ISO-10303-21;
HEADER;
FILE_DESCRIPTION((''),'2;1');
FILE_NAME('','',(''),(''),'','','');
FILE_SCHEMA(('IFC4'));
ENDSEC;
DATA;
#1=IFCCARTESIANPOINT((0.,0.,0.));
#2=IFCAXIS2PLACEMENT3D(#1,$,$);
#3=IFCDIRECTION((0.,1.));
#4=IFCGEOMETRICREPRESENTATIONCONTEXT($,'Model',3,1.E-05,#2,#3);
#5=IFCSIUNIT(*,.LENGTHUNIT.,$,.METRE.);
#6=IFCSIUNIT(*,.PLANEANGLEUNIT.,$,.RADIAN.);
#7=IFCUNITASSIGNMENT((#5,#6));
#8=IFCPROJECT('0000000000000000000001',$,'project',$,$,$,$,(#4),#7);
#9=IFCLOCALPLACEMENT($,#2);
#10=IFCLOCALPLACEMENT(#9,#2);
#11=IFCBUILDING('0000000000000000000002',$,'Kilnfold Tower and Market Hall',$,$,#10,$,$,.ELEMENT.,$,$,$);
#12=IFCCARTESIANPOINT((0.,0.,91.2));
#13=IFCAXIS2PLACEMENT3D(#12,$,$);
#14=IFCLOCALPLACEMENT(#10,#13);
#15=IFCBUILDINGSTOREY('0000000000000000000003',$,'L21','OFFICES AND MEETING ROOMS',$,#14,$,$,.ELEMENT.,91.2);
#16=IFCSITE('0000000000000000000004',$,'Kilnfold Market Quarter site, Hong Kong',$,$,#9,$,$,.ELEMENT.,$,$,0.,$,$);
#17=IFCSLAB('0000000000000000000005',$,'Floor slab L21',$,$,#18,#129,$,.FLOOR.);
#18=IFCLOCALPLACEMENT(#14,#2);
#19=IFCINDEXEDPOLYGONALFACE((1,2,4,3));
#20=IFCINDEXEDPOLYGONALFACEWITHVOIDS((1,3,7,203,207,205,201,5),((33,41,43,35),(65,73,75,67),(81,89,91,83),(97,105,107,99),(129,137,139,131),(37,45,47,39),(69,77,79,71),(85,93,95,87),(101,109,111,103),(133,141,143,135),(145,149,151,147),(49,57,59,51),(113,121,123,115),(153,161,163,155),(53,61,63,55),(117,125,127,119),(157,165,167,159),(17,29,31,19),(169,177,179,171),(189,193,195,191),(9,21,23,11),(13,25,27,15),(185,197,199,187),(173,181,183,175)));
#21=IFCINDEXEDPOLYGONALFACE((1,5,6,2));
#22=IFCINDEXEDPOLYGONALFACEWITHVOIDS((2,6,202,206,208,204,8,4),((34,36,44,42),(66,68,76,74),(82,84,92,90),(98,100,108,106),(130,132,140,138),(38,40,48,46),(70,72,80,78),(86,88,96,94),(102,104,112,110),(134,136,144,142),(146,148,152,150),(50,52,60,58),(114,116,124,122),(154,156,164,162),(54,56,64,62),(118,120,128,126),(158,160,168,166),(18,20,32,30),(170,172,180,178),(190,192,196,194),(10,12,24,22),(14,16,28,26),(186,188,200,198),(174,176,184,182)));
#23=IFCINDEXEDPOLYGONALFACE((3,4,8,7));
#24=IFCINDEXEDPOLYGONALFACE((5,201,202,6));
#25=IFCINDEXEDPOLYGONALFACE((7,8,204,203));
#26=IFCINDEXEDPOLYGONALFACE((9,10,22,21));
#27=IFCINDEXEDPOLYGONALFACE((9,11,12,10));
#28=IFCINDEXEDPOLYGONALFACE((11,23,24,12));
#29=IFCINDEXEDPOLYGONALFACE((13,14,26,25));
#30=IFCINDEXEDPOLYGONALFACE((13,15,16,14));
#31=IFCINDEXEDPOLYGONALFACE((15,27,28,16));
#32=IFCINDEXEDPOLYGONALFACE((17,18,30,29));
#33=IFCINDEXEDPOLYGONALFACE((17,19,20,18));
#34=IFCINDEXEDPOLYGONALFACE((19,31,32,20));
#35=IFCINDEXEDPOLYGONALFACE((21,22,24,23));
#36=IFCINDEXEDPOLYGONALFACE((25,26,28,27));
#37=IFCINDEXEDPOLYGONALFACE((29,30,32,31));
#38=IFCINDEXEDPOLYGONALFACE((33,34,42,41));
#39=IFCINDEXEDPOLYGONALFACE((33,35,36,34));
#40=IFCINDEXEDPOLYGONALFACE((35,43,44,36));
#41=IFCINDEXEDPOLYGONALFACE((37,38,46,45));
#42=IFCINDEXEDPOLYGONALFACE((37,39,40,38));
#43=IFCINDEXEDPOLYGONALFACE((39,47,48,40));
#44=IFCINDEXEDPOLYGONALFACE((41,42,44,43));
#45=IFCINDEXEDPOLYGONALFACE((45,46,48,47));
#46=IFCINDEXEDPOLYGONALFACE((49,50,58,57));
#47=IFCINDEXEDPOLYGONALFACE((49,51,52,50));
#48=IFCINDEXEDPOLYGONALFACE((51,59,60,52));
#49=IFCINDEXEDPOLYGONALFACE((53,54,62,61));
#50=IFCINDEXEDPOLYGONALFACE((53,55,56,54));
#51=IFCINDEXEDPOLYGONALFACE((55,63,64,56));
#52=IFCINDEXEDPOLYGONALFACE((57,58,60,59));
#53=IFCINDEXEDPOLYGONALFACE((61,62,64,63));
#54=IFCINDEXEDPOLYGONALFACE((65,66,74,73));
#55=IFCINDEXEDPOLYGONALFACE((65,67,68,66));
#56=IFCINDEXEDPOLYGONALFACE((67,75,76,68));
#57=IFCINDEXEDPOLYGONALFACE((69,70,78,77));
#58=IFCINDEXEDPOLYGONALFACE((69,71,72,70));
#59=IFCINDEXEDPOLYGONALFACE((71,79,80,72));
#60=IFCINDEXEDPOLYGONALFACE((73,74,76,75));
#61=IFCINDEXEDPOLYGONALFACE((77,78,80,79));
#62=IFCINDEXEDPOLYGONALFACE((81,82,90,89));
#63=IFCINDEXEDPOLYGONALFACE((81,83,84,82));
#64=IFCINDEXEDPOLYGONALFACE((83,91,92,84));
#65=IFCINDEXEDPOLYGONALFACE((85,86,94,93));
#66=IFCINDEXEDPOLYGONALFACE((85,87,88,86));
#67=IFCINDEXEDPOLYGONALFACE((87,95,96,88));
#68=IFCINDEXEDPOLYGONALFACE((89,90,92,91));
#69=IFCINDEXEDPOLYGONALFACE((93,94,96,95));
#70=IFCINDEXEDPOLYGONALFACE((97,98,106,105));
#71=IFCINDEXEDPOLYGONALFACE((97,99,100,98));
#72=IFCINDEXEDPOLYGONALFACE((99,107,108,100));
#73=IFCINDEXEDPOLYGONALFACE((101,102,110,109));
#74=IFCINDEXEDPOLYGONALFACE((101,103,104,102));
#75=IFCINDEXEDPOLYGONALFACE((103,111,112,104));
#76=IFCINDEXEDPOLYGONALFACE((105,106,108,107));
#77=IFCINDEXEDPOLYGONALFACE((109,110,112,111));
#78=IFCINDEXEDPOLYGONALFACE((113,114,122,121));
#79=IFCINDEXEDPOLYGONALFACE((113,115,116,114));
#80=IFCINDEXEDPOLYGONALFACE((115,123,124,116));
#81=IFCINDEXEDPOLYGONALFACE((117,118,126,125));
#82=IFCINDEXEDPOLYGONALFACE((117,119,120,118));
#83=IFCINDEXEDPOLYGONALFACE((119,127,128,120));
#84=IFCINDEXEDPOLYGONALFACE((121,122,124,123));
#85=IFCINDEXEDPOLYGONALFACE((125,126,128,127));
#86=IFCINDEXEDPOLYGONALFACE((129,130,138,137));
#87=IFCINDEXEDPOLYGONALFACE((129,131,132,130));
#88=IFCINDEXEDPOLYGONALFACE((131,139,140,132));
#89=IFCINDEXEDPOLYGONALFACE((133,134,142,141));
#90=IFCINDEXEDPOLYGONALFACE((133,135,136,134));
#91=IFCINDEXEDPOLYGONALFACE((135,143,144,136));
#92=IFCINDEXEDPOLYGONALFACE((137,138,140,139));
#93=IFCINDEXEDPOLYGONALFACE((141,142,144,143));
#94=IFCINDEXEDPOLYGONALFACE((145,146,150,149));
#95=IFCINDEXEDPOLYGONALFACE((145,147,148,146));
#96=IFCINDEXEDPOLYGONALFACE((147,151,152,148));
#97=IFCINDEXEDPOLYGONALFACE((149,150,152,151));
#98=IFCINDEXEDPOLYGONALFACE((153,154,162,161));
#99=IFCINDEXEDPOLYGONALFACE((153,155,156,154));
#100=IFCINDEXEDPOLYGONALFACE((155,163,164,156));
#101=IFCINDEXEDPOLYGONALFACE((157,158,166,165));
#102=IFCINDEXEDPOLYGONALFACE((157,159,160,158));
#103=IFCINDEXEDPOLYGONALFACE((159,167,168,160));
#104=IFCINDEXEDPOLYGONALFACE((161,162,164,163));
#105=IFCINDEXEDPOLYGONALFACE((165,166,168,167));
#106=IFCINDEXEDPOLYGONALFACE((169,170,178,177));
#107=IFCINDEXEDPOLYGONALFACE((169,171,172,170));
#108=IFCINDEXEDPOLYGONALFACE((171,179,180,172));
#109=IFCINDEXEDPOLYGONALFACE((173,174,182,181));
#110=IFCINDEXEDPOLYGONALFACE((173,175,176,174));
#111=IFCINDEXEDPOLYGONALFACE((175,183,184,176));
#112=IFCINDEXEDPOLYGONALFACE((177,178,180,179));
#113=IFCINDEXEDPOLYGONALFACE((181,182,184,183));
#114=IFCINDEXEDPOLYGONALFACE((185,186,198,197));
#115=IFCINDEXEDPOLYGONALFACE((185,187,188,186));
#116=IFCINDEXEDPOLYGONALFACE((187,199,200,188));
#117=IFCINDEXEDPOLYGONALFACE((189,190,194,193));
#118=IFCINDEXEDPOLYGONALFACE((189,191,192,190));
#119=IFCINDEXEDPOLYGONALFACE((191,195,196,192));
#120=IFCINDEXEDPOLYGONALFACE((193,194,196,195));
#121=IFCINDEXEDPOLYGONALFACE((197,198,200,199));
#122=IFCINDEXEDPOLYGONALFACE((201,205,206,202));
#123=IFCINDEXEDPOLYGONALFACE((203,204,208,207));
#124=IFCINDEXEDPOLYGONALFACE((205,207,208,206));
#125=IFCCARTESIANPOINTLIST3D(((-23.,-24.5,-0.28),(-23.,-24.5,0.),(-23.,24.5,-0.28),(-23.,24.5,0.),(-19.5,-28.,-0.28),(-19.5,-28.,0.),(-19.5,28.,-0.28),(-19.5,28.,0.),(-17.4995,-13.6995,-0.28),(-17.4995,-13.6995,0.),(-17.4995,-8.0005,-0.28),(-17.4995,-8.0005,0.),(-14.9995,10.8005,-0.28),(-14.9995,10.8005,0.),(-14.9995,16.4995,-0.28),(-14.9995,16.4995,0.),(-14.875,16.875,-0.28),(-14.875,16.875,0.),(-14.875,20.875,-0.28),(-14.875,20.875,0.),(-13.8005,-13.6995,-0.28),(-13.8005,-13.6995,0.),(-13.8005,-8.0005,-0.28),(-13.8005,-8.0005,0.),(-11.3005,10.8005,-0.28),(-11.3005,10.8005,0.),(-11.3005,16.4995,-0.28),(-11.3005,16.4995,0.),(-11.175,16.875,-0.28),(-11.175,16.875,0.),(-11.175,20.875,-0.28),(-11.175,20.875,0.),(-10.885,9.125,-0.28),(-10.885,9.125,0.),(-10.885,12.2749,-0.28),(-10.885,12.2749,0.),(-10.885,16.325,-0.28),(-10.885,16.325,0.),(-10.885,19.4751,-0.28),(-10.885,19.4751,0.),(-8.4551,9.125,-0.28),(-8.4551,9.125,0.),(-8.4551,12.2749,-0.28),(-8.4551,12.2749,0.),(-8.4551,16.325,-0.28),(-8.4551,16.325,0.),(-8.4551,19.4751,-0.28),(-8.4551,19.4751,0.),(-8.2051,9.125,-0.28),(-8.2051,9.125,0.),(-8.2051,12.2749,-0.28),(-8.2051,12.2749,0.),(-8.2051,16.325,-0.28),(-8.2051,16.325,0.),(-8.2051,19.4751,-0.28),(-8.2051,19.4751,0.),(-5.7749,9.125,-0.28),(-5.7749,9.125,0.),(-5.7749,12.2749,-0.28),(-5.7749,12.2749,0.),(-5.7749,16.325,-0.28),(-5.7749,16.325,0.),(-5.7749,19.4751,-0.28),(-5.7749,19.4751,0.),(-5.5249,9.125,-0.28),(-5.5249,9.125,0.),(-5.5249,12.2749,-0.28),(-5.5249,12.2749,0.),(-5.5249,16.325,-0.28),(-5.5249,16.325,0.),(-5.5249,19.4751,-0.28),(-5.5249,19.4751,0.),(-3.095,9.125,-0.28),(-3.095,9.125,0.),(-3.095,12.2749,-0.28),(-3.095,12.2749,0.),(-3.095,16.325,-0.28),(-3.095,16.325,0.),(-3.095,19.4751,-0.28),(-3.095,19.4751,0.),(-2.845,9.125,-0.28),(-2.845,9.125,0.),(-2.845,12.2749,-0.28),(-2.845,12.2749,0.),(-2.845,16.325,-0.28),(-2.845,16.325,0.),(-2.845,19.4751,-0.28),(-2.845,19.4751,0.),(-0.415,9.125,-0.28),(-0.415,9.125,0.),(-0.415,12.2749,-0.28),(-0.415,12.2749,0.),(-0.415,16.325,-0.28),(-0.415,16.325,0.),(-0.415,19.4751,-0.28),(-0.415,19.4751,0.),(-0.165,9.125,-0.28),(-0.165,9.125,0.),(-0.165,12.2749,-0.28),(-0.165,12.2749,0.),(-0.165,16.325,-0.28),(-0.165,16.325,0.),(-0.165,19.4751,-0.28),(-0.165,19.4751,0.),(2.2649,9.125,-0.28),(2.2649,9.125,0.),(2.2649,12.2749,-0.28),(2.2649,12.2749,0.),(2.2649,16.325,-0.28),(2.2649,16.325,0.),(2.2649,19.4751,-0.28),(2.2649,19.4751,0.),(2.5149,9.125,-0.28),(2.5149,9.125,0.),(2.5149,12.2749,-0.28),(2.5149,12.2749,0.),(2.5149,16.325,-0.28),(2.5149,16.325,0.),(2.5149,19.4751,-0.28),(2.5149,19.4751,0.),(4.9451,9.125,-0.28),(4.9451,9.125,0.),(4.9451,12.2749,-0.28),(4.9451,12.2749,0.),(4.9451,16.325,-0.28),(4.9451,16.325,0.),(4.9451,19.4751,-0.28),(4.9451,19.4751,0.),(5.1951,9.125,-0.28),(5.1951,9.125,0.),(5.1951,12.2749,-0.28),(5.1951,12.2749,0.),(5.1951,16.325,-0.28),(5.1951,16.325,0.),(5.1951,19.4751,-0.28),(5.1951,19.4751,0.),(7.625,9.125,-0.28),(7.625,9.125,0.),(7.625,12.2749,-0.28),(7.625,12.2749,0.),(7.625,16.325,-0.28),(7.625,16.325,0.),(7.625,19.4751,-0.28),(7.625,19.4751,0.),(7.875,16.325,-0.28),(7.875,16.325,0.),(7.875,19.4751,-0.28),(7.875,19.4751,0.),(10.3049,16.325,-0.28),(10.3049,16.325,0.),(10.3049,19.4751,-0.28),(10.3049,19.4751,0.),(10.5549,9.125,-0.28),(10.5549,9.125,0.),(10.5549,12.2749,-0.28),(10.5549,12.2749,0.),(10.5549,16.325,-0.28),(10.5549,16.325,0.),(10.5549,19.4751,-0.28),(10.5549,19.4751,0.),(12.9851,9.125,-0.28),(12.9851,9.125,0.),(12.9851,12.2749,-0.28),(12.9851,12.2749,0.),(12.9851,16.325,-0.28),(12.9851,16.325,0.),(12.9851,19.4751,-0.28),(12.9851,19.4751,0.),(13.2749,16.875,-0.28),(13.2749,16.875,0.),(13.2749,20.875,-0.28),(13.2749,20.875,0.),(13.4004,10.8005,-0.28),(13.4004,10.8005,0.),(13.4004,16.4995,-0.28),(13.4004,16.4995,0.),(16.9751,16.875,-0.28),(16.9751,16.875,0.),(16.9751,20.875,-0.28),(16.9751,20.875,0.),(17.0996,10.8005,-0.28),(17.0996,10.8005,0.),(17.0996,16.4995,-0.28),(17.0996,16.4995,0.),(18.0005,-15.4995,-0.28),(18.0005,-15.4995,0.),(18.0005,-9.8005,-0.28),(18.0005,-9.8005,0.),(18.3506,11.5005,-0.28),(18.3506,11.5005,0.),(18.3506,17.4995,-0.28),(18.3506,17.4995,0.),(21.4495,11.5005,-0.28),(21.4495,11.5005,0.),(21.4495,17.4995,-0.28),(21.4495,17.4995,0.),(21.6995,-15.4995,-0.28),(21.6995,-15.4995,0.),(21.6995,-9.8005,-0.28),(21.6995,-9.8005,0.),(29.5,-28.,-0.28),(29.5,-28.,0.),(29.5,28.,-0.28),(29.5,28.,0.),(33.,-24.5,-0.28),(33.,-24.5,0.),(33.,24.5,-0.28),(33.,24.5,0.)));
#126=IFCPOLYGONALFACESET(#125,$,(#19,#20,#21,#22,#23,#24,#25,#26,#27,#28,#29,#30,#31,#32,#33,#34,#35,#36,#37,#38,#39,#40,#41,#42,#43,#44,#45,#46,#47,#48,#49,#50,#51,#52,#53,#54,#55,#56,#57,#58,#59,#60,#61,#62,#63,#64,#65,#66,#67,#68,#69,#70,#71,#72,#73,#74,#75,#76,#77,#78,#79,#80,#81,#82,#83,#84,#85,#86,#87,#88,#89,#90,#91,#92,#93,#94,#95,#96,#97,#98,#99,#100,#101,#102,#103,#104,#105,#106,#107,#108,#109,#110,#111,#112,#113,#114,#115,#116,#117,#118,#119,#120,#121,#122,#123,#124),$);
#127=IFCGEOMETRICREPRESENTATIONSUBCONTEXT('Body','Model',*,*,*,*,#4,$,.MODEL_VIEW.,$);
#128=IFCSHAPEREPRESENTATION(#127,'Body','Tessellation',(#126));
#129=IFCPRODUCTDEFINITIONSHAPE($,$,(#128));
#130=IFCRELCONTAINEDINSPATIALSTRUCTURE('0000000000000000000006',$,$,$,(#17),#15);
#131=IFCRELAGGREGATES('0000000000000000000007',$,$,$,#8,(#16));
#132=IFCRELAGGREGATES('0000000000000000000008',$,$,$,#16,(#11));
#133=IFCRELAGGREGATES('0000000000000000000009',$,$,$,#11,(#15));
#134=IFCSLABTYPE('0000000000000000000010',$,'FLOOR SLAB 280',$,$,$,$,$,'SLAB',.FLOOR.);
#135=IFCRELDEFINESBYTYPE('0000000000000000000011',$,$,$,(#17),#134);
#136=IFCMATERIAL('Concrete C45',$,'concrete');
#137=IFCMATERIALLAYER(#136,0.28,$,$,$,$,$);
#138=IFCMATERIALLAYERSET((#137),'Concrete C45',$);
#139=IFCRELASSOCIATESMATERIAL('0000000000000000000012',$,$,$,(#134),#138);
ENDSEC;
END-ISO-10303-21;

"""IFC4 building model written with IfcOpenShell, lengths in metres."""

from ifc_helpers import new_model, si_unit, direction, frame, origin, place, context, subcontext, project, spatial, polyline, outline, extrude, source, transform, mapped, material, layer, layer_set, type_object, element, save


model = new_model("IFC4")

# Units and contexts
model_context = context("Model", 3, precision=1e-05, world=origin(), true_north=direction((0.0, 1.0)))
body_context = subcontext(model_context, "Body", "Model", "MODEL_VIEW")
ifc_project = project(units=[si_unit("LENGTHUNIT", "METRE"), si_unit("PLANEANGLEUNIT", "RADIAN")], contexts=[model_context])

# Site, building, storey
site_placement = place(None, origin())
site = spatial("IfcSite", under=ifc_project, at=site_placement, Name="Kilnfold Market Quarter site, Hong Kong", CompositionType="ELEMENT", RefElevation=0.0)
building_placement = place(site_placement, origin())
building = spatial("IfcBuilding", under=site, at=building_placement, Name="Kilnfold Tower and Market Hall", CompositionType="ELEMENT")
storey_placement = place(building_placement, frame((0.0, 0.0, 91.2)))
storey = spatial("IfcBuildingStorey", under=building, at=storey_placement, Name="L21", Description="OFFICES AND MEETING ROOMS", CompositionType="ELEMENT", Elevation=91.2)

# Slab
ifc_material_1 = material(Name="Concrete C45", Category="concrete")
ifc_layer_1 = layer(ifc_material_1, 0.28)
ifc_layer_set_1 = layer_set([ifc_layer_1], Name="Concrete C45")
slab_type_1 = type_object("IfcSlabType", Name="FLOOR SLAB 280", ElementType="SLAB", PredefinedType="FLOOR", material=ifc_layer_set_1)
shared_shape_1 = source(origin(), body_context, "Body", "SweptSolid", [
    extrude(outline(polyline([(-19.5, -28.0), (29.5, -28.0), (33.0, -24.5), (33.0, 24.5), (29.5, 28.0), (-19.5, 28.0), (-23.0, 24.5), (-23.0, -24.5), (-19.5, -28.0)]), holes=[polyline([(-13.8005, -13.6995), (-17.4995, -13.6995), (-17.4995, -8.0005), (-13.8005, -8.0005), (-13.8005, -13.6995)]), polyline([(-14.9995, 10.8005), (-14.9995, 16.4995), (-11.3005, 16.4995), (-11.3005, 10.8005), (-14.9995, 10.8005)]), polyline([(-14.875, 16.875), (-14.875, 20.875), (-11.175, 20.875), (-11.175, 16.875), (-14.875, 16.875)]), polyline([(-10.885, 9.125), (-10.885, 12.2749), (-8.4551, 12.2749), (-8.4551, 9.125), (-10.885, 9.125)]), polyline([(-8.4551, 16.325), (-10.885, 16.325), (-10.885, 19.4751), (-8.4551, 19.4751), (-8.4551, 16.325)]), polyline([(-8.2051, 9.125), (-8.2051, 12.2749), (-5.7749, 12.2749), (-5.7749, 9.125), (-8.2051, 9.125)]), polyline([(-8.2051, 16.325), (-8.2051, 19.4751), (-5.7749, 19.4751), (-5.7749, 16.325), (-8.2051, 16.325)]), polyline([(-3.095, 9.125), (-5.5249, 9.125), (-5.5249, 12.2749), (-3.095, 12.2749), (-3.095, 9.125)]), polyline([(-5.5249, 16.325), (-5.5249, 19.4751), (-3.095, 19.4751), (-3.095, 16.325), (-5.5249, 16.325)]), polyline([(-2.845, 9.125), (-2.845, 12.2749), (-0.415, 12.2749), (-0.415, 9.125), (-2.845, 9.125)]), polyline([(-0.415, 16.325), (-2.845, 16.325), (-2.845, 19.4751), (-0.415, 19.4751), (-0.415, 16.325)]), polyline([(-0.165, 9.125), (-0.165, 12.2749), (2.2649, 12.2749), (2.2649, 9.125), (-0.165, 9.125)]), polyline([(-0.165, 16.325), (-0.165, 19.4751), (2.2649, 19.4751), (2.2649, 16.325), (-0.165, 16.325)]), polyline([(2.5149, 9.125), (2.5149, 12.2749), (4.9451, 12.2749), (4.9451, 9.125), (2.5149, 9.125)]), polyline([(2.5149, 16.325), (2.5149, 19.4751), (4.9451, 19.4751), (4.9451, 16.325), (2.5149, 16.325)]), polyline([(7.625, 9.125), (5.1951, 9.125), (5.1951, 12.2749), (7.625, 12.2749), (7.625, 9.125)]), polyline([(5.1951, 16.325), (5.1951, 19.4751), (7.625, 19.4751), (7.625, 16.325), (5.1951, 16.325)]), polyline([(10.3049, 16.325), (7.875, 16.325), (7.875, 19.4751), (10.3049, 19.4751), (10.3049, 16.325)]), polyline([(10.5549, 9.125), (10.5549, 12.2749), (12.9851, 12.2749), (12.9851, 9.125), (10.5549, 9.125)]), polyline([(10.5549, 16.325), (10.5549, 19.4751), (12.9851, 19.4751), (12.9851, 16.325), (10.5549, 16.325)]), polyline([(13.2749, 16.875), (13.2749, 20.875), (16.9751, 20.875), (16.9751, 16.875), (13.2749, 16.875)]), polyline([(13.4004, 10.8005), (13.4004, 16.4995), (17.0996, 16.4995), (17.0996, 10.8005), (13.4004, 10.8005)]), polyline([(18.0005, -9.8005), (21.6995, -9.8005), (21.6995, -15.4995), (18.0005, -15.4995), (18.0005, -9.8005)]), polyline([(21.4495, 11.5005), (18.3506, 11.5005), (18.3506, 17.4995), (21.4495, 17.4995), (21.4495, 11.5005)])]), origin(), (0.0, 0.0, 1.0), 0.28),
])
slab_1_placement = place(storey_placement, frame((0.0, 0.0, -0.28)))
element("IfcSlab", 1, at=slab_1_placement, inside=storey, type_object=slab_type_1, Name="Floor slab L21", PredefinedType="FLOOR", context=body_context, shape_type="MappedRepresentation", body=[
    mapped(shared_shape_1, transform((0.0, 0.0, 0.0))),
])

save(model, "model.ifc")
